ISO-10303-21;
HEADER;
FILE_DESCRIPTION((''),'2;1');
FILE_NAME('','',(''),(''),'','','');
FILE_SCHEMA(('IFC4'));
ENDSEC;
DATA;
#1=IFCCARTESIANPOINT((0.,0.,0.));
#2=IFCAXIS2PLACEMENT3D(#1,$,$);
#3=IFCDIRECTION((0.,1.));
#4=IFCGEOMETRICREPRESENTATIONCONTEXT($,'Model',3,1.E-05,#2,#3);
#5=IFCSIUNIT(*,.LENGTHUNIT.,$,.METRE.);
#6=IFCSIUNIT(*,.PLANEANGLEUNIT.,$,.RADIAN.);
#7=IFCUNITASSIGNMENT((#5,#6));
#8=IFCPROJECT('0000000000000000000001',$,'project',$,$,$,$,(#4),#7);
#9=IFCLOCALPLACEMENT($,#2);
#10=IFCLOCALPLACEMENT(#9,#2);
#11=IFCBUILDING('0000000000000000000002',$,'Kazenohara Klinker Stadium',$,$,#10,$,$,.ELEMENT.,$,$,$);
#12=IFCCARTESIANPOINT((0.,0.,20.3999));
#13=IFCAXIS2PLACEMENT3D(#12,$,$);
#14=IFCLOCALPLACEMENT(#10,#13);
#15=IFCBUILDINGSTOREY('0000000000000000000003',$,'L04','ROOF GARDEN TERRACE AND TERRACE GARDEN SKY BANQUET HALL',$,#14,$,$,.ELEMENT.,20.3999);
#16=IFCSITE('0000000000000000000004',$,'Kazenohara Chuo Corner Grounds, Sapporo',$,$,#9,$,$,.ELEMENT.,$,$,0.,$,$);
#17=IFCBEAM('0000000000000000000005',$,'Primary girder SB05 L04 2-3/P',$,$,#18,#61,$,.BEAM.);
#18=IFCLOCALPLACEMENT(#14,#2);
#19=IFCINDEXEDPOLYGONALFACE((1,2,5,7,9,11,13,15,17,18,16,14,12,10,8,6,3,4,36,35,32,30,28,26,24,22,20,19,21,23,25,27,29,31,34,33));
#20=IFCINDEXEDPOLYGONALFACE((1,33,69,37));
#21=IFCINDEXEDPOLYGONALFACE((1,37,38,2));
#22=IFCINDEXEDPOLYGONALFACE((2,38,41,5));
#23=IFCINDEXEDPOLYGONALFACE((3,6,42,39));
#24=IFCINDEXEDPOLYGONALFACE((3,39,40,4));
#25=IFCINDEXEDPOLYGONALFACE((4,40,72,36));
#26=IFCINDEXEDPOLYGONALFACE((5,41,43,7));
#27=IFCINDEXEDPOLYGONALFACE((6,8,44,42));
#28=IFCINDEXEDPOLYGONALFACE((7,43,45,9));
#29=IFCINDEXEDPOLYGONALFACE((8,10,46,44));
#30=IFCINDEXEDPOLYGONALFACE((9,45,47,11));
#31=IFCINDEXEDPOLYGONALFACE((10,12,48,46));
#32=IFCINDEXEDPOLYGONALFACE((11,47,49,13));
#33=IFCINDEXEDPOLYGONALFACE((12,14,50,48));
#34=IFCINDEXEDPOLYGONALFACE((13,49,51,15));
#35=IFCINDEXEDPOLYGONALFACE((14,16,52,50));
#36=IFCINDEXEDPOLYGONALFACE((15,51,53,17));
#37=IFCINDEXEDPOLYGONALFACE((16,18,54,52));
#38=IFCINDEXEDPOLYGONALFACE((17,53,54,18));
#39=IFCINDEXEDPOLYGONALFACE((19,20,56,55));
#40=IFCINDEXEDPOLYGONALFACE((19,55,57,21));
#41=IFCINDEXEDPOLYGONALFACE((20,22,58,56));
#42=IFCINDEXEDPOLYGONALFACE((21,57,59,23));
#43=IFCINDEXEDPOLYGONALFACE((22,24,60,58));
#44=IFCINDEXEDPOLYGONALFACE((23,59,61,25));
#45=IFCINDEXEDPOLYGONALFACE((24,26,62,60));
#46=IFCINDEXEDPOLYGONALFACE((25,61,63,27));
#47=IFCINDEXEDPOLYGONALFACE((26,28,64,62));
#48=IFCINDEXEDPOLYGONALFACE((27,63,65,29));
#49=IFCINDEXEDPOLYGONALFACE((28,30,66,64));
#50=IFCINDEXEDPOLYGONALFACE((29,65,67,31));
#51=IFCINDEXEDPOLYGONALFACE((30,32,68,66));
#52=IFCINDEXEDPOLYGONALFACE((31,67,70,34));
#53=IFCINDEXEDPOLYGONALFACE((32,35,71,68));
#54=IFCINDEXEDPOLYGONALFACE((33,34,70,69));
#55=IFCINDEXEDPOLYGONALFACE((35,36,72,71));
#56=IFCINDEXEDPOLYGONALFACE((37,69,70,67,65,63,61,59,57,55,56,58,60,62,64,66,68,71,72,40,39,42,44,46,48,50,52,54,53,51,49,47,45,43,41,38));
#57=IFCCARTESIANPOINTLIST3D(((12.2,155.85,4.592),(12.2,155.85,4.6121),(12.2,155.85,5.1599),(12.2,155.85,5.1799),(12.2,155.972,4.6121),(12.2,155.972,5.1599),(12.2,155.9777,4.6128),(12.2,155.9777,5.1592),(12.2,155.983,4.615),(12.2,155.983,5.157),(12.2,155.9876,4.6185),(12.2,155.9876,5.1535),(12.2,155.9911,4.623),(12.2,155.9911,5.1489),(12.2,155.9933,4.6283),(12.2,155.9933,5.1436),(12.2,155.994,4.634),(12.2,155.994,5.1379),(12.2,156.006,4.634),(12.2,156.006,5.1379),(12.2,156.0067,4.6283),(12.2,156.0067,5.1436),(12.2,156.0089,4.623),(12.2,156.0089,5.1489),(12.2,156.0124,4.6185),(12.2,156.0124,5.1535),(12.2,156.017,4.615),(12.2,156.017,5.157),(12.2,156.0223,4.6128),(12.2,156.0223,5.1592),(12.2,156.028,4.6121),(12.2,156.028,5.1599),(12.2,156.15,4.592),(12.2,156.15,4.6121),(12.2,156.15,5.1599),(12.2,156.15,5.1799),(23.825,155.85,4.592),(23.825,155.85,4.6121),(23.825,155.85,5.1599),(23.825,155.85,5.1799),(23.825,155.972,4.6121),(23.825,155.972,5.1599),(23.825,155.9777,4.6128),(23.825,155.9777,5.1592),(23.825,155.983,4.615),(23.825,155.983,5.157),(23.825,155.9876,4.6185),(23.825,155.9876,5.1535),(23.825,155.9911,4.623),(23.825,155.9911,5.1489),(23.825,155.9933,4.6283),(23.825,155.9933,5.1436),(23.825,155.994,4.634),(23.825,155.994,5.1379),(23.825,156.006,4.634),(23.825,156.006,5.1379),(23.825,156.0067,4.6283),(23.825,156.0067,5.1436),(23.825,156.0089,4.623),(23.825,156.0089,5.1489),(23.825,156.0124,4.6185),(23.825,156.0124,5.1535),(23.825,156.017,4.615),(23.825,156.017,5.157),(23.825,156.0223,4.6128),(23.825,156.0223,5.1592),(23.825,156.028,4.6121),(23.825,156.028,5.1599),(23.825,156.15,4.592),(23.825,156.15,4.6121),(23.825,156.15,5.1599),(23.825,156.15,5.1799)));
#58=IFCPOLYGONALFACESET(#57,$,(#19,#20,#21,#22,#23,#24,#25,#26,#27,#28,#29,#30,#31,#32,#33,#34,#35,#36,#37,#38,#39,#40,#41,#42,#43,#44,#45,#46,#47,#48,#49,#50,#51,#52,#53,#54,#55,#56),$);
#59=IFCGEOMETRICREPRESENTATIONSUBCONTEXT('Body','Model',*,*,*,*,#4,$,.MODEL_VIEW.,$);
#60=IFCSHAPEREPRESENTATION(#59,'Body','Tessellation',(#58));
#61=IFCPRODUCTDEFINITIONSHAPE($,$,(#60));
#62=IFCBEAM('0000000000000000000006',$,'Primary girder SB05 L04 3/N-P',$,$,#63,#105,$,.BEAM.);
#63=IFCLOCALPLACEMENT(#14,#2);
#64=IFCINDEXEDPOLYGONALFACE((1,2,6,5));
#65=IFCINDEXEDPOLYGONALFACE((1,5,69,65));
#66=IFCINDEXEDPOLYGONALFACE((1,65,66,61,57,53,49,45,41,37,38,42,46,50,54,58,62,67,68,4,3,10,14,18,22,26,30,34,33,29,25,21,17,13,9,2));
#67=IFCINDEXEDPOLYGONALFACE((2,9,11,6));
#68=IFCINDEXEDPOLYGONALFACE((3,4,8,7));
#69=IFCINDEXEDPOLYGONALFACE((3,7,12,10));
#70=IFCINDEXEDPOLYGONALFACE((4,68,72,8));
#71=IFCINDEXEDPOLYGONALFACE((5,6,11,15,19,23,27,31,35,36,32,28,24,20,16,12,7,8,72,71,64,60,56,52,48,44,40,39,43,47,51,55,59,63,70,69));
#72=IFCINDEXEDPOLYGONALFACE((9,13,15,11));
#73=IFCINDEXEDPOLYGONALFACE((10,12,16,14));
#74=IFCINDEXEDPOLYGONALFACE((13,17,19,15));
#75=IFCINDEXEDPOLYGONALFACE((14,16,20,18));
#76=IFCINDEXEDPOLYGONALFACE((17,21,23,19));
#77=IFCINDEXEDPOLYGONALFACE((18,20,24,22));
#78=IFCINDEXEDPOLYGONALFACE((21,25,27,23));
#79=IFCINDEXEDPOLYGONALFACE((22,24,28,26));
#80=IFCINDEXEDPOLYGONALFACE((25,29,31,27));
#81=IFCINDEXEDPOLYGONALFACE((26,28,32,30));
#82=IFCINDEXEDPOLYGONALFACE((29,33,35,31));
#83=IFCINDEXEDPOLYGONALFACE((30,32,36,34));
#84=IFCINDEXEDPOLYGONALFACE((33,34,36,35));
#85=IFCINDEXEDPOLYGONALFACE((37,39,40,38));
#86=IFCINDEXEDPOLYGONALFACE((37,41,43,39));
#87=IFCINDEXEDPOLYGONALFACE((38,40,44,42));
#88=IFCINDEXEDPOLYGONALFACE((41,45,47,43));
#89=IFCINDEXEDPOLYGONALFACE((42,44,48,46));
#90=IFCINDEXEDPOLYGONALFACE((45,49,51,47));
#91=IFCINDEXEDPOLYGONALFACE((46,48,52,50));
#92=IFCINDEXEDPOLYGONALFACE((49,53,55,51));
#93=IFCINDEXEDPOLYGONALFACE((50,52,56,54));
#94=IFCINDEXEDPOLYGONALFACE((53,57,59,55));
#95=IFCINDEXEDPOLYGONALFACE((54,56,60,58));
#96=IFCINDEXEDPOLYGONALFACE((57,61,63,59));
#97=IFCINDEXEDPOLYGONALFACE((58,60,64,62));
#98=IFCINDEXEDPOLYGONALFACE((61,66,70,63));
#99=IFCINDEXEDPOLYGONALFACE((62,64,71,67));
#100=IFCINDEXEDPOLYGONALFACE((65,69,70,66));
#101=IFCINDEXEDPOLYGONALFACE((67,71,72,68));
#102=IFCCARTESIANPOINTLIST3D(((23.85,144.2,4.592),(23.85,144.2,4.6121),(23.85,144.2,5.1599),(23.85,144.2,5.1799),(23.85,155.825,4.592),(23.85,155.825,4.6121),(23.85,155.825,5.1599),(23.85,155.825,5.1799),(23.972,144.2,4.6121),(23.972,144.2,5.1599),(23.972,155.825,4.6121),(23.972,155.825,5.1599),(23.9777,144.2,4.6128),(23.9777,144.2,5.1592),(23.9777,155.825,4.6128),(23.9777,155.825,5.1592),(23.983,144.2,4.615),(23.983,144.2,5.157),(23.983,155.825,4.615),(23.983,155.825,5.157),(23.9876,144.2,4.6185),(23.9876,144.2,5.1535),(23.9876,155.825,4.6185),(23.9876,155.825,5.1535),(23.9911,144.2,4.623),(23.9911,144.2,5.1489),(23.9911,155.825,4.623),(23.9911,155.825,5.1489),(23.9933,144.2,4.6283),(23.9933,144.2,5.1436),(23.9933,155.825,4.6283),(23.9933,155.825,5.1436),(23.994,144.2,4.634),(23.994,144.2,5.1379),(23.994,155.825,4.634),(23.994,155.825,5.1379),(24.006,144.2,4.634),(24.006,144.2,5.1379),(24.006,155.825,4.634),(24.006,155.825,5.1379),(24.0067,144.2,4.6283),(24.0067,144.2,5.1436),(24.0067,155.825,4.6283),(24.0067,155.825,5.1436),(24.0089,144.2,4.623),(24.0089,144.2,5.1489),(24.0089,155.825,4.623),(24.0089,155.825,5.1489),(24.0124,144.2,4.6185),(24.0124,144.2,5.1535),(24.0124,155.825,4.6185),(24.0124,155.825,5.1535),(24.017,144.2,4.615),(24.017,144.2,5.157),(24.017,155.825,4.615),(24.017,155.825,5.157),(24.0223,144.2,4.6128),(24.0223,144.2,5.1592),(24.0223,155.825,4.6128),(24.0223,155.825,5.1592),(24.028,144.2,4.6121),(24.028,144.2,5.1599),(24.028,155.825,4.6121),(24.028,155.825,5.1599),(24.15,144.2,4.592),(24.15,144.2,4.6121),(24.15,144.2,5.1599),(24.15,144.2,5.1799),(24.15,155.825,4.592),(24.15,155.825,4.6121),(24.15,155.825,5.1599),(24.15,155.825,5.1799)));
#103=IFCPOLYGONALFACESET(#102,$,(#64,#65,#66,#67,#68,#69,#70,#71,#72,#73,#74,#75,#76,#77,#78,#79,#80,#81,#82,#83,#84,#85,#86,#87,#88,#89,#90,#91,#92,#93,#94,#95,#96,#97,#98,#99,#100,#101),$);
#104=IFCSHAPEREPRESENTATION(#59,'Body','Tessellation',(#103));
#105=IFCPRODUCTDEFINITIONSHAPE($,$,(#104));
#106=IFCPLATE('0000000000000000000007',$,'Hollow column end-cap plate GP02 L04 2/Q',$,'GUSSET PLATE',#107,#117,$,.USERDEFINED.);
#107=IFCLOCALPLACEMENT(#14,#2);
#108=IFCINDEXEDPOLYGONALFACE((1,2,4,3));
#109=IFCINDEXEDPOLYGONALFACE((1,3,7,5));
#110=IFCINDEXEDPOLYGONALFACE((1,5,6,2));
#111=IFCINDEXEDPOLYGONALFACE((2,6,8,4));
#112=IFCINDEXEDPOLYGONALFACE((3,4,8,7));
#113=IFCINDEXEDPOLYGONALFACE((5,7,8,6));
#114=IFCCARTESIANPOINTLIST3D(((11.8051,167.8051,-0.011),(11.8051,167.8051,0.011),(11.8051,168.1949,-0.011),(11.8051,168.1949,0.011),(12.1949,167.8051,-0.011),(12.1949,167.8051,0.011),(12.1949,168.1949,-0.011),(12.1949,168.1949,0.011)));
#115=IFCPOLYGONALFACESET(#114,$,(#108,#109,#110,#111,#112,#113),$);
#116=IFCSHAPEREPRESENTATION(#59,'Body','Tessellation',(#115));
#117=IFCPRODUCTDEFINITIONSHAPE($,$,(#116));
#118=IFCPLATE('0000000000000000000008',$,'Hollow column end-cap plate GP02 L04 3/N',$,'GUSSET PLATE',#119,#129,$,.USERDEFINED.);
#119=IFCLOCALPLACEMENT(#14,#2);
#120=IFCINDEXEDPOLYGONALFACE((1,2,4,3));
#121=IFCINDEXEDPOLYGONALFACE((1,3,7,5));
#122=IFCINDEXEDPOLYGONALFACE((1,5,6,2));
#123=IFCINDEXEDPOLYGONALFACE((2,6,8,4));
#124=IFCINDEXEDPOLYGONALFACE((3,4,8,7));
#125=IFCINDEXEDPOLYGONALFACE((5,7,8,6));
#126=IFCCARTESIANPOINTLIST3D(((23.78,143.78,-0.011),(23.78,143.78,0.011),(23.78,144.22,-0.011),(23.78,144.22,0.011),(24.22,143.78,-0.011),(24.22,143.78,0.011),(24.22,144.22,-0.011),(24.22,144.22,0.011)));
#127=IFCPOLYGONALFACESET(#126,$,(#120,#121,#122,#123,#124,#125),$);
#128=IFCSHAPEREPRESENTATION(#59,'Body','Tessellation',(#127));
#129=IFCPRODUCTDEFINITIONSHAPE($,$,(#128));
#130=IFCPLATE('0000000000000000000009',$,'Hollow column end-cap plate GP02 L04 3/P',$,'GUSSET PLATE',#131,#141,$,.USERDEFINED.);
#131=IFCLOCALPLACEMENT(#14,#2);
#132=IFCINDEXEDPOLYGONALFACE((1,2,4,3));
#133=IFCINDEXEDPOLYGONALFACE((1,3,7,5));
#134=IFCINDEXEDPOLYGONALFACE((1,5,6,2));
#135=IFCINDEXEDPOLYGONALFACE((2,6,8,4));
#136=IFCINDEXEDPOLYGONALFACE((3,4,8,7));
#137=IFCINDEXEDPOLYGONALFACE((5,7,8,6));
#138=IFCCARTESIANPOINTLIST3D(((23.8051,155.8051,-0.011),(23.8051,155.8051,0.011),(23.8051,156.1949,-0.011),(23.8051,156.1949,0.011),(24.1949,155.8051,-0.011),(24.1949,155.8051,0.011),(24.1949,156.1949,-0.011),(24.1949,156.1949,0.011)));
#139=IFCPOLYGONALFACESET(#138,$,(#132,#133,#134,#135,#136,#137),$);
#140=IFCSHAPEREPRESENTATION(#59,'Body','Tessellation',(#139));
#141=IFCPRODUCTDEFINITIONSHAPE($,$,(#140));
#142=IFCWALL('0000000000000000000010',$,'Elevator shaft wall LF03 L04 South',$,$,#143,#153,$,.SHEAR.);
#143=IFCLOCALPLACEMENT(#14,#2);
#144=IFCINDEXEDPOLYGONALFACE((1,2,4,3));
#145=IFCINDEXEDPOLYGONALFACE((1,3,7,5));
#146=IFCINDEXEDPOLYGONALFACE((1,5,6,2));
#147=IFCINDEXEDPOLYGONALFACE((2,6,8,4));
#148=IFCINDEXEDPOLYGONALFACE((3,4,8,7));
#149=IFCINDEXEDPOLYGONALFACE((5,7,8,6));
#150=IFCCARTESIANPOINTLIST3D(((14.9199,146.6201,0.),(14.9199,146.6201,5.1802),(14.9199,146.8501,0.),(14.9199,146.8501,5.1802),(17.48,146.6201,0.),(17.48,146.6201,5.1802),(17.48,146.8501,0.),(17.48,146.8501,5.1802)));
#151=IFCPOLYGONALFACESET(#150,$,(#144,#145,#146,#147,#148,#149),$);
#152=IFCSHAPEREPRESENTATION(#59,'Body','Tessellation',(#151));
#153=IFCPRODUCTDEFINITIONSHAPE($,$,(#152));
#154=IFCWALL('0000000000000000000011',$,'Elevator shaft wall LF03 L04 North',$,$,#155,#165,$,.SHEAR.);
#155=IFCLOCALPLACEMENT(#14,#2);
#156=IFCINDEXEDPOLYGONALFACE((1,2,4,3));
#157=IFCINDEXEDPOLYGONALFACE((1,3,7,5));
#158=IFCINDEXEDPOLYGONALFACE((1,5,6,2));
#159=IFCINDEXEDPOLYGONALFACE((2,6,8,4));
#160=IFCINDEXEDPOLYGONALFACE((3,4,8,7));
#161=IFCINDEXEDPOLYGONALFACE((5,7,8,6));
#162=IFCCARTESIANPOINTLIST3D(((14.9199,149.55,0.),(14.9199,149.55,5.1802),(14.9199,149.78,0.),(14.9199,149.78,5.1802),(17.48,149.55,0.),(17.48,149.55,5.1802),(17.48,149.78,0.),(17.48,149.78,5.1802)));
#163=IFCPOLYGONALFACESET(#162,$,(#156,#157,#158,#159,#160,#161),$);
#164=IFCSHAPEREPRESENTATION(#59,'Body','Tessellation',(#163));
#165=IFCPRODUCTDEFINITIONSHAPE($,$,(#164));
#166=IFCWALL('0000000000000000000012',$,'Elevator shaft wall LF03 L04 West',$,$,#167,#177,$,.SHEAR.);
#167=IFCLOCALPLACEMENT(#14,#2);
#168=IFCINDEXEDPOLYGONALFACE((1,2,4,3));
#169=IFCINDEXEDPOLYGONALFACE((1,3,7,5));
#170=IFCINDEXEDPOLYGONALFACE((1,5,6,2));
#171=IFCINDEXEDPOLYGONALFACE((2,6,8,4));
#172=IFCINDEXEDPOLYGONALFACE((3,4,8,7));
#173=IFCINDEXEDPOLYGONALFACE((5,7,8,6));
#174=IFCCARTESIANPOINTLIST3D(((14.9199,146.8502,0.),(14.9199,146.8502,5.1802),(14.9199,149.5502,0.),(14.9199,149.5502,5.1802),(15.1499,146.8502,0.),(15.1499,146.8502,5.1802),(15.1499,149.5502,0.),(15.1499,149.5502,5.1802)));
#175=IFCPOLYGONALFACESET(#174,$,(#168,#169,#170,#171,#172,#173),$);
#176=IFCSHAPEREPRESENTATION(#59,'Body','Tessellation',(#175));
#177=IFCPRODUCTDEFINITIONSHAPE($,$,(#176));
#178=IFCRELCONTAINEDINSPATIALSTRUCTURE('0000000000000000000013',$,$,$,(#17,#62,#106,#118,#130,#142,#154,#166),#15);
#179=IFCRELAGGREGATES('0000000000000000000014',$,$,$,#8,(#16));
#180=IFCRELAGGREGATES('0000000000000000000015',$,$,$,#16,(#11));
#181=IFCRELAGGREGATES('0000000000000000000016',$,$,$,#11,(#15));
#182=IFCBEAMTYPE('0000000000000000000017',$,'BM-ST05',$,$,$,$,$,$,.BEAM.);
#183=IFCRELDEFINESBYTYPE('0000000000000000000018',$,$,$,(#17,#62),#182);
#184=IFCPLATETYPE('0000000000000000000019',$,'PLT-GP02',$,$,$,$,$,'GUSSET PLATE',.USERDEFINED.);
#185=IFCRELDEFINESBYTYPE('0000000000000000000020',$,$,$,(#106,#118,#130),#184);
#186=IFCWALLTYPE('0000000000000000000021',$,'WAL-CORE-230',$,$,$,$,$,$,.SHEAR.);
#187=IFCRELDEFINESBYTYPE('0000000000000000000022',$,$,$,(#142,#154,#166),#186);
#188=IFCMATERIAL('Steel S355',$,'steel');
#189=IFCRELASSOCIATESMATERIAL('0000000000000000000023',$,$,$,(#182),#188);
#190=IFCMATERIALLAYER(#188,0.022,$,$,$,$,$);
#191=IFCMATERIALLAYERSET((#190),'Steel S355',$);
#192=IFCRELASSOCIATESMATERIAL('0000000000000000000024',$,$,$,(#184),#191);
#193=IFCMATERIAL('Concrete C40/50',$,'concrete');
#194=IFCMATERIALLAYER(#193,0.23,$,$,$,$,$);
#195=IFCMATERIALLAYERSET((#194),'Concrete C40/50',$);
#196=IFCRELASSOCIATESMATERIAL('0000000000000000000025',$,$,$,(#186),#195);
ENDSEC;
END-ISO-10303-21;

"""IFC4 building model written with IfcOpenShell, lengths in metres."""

from ifc_helpers import new_model, si_unit, direction, frame, frame_2d, origin, origin_2d, place, context, subcontext, project, spatial, rectangle, i_section, extrude, material, layer, layer_set, material_profile, profile_set, type_object, element, save


model = new_model("IFC4")

# Units and contexts
model_context = context("Model", 3, precision=1e-05, world=origin(), true_north=direction((0.0, 1.0)))
body_context = subcontext(model_context, "Body", "Model", "MODEL_VIEW")
ifc_project = project(units=[si_unit("LENGTHUNIT", "METRE"), si_unit("PLANEANGLEUNIT", "RADIAN")], contexts=[model_context])

# Site, building, storey
site_placement = place(None, origin())
site = spatial("IfcSite", under=ifc_project, at=site_placement, Name="Kazenohara Chuo Corner Grounds, Sapporo", CompositionType="ELEMENT", RefElevation=0.0)
building_placement = place(site_placement, origin())
building = spatial("IfcBuilding", under=site, at=building_placement, Name="Kazenohara Klinker Stadium", CompositionType="ELEMENT")
storey_placement = place(building_placement, frame((0.0, 0.0, 20.3999)))
storey = spatial("IfcBuildingStorey", under=building, at=storey_placement, Name="L04", Description="ROOF GARDEN TERRACE AND TERRACE GARDEN SKY BANQUET HALL", CompositionType="ELEMENT", Elevation=20.3999)

# Shared definitions
ifc_material_1 = material(Name="Steel S355", Category="steel")

# Beams
ifc_material_2 = material(Name="Concrete C40/50", Category="concrete")
ifc_material_profile_1 = material_profile(ifc_material_1, i_section(OverallWidth=0.3, OverallDepth=0.5879, WebThickness=0.012, FlangeThickness=0.02, FilletRadius=0.022, at=origin_2d()), Name="H-588x300x12x20")
ifc_profile_set_1 = profile_set([ifc_material_profile_1], Name="Steel S355")
beam_type_1 = type_object("IfcBeamType", Name="BM-ST05", PredefinedType="BEAM", material=ifc_profile_set_1)
for number, where, z_axis, x_axis, name in (
    (1, (12.2, 156.0, 4.886), (1.0, 0.0, 0.0), (0.0, 1.0, 0.0), "Primary girder SB05 L04 2-3/P"),
    (2, (24.0, 144.2, 4.886), (0.0, 1.0, 0.0), (-1.0, 0.0, 0.0), "Primary girder SB05 L04 3/N-P"),
):
    element("IfcBeam", number, at=place(storey_placement, frame(where, z_axis=z_axis, x_axis=x_axis)), inside=storey, type_object=beam_type_1, Name=name, PredefinedType="BEAM", context=body_context, shape_type="SweptSolid", body=[
        extrude(i_section(OverallWidth=0.3, OverallDepth=0.5879, WebThickness=0.012, FlangeThickness=0.02, FilletRadius=0.022, at=origin_2d()), origin(), (0.0, 0.0, 1.0), 11.625),
    ])

# Plates
ifc_layer_1 = layer(ifc_material_1, 0.022)
ifc_layer_set_1 = layer_set([ifc_layer_1], Name="Steel S355")
plate_type = type_object("IfcPlateType", Name="PLT-GP02", ElementType="GUSSET PLATE", PredefinedType="USERDEFINED", material=ifc_layer_set_1)
plate_1_placement = place(storey_placement, frame((12.0, 168.0, -0.011), z_axis=(0.0, 0.0, 1.0), x_axis=(1.0, 0.0, 0.0)))
element("IfcPlate", 3, at=plate_1_placement, inside=storey, type_object=plate_type, Name="Hollow column end-cap plate GP02 L04 2/Q", ObjectType="GUSSET PLATE", PredefinedType="USERDEFINED", context=body_context, shape_type="SweptSolid", body=[
    extrude(rectangle(XDim=0.3899, YDim=0.3899, at=origin_2d()), origin(), (0.0, 0.0, 1.0), 0.022),
])
plate_2_placement = place(storey_placement, frame((24.0, 144.0, -0.011), z_axis=(0.0, 0.0, 1.0), x_axis=(1.0, 0.0, 0.0)))
element("IfcPlate", 4, at=plate_2_placement, inside=storey, type_object=plate_type, Name="Hollow column end-cap plate GP02 L04 3/N", ObjectType="GUSSET PLATE", PredefinedType="USERDEFINED", context=body_context, shape_type="SweptSolid", body=[
    extrude(rectangle(XDim=0.4399, YDim=0.4399, at=origin_2d()), origin(), (0.0, 0.0, 1.0), 0.022),
])
plate_3_placement = place(storey_placement, frame((24.0, 156.0, -0.011), z_axis=(0.0, 0.0, 1.0), x_axis=(1.0, 0.0, 0.0)))
element("IfcPlate", 5, at=plate_3_placement, inside=storey, type_object=plate_type, Name="Hollow column end-cap plate GP02 L04 3/P", ObjectType="GUSSET PLATE", PredefinedType="USERDEFINED", context=body_context, shape_type="SweptSolid", body=[
    extrude(rectangle(XDim=0.3899, YDim=0.3899, at=origin_2d()), origin(), (0.0, 0.0, 1.0), 0.022),
])

# Walls
ifc_layer_2 = layer(ifc_material_2, 0.23)
ifc_layer_set_2 = layer_set([ifc_layer_2], Name="Concrete C40/50")
wall_type_1 = type_object("IfcWallType", Name="WAL-CORE-230", PredefinedType="SHEAR", material=ifc_layer_set_2)
for number, where, z_axis, x_axis, name in (
    (6, (14.9199, 146.7351, 0.0), (0.0, 0.0, 1.0), (1.0, 0.0, 0.0), "Elevator shaft wall LF03 L04 South"),
    (7, (14.9199, 149.665, 0.0), (0.0, 0.0, 1.0), (1.0, 0.0, 0.0), "Elevator shaft wall LF03 L04 North"),
):
    element("IfcWall", number, at=place(storey_placement, frame(where, z_axis=z_axis, x_axis=x_axis)), inside=storey, type_object=wall_type_1, Name=name, PredefinedType="SHEAR", context=body_context, shape_type="SweptSolid", body=[
        extrude(rectangle(XDim=2.5601, YDim=0.23, at=frame_2d((1.28, 0.0))), origin(), (0.0, 0.0, 1.0), 5.1802),
    ])
wall_1_placement = place(storey_placement, frame((15.0349, 146.8501, 0.0), z_axis=(0.0, 0.0, 1.0), x_axis=(0.0, 1.0, 0.0)))
element("IfcWall", 8, at=wall_1_placement, inside=storey, type_object=wall_type_1, Name="Elevator shaft wall LF03 L04 West", PredefinedType="SHEAR", context=body_context, shape_type="SweptSolid", body=[
    extrude(rectangle(XDim=2.7, YDim=0.23, at=frame_2d((1.3501, 0.0))), origin(), (0.0, 0.0, 1.0), 5.1802),
])

save(model, "model.ifc")
